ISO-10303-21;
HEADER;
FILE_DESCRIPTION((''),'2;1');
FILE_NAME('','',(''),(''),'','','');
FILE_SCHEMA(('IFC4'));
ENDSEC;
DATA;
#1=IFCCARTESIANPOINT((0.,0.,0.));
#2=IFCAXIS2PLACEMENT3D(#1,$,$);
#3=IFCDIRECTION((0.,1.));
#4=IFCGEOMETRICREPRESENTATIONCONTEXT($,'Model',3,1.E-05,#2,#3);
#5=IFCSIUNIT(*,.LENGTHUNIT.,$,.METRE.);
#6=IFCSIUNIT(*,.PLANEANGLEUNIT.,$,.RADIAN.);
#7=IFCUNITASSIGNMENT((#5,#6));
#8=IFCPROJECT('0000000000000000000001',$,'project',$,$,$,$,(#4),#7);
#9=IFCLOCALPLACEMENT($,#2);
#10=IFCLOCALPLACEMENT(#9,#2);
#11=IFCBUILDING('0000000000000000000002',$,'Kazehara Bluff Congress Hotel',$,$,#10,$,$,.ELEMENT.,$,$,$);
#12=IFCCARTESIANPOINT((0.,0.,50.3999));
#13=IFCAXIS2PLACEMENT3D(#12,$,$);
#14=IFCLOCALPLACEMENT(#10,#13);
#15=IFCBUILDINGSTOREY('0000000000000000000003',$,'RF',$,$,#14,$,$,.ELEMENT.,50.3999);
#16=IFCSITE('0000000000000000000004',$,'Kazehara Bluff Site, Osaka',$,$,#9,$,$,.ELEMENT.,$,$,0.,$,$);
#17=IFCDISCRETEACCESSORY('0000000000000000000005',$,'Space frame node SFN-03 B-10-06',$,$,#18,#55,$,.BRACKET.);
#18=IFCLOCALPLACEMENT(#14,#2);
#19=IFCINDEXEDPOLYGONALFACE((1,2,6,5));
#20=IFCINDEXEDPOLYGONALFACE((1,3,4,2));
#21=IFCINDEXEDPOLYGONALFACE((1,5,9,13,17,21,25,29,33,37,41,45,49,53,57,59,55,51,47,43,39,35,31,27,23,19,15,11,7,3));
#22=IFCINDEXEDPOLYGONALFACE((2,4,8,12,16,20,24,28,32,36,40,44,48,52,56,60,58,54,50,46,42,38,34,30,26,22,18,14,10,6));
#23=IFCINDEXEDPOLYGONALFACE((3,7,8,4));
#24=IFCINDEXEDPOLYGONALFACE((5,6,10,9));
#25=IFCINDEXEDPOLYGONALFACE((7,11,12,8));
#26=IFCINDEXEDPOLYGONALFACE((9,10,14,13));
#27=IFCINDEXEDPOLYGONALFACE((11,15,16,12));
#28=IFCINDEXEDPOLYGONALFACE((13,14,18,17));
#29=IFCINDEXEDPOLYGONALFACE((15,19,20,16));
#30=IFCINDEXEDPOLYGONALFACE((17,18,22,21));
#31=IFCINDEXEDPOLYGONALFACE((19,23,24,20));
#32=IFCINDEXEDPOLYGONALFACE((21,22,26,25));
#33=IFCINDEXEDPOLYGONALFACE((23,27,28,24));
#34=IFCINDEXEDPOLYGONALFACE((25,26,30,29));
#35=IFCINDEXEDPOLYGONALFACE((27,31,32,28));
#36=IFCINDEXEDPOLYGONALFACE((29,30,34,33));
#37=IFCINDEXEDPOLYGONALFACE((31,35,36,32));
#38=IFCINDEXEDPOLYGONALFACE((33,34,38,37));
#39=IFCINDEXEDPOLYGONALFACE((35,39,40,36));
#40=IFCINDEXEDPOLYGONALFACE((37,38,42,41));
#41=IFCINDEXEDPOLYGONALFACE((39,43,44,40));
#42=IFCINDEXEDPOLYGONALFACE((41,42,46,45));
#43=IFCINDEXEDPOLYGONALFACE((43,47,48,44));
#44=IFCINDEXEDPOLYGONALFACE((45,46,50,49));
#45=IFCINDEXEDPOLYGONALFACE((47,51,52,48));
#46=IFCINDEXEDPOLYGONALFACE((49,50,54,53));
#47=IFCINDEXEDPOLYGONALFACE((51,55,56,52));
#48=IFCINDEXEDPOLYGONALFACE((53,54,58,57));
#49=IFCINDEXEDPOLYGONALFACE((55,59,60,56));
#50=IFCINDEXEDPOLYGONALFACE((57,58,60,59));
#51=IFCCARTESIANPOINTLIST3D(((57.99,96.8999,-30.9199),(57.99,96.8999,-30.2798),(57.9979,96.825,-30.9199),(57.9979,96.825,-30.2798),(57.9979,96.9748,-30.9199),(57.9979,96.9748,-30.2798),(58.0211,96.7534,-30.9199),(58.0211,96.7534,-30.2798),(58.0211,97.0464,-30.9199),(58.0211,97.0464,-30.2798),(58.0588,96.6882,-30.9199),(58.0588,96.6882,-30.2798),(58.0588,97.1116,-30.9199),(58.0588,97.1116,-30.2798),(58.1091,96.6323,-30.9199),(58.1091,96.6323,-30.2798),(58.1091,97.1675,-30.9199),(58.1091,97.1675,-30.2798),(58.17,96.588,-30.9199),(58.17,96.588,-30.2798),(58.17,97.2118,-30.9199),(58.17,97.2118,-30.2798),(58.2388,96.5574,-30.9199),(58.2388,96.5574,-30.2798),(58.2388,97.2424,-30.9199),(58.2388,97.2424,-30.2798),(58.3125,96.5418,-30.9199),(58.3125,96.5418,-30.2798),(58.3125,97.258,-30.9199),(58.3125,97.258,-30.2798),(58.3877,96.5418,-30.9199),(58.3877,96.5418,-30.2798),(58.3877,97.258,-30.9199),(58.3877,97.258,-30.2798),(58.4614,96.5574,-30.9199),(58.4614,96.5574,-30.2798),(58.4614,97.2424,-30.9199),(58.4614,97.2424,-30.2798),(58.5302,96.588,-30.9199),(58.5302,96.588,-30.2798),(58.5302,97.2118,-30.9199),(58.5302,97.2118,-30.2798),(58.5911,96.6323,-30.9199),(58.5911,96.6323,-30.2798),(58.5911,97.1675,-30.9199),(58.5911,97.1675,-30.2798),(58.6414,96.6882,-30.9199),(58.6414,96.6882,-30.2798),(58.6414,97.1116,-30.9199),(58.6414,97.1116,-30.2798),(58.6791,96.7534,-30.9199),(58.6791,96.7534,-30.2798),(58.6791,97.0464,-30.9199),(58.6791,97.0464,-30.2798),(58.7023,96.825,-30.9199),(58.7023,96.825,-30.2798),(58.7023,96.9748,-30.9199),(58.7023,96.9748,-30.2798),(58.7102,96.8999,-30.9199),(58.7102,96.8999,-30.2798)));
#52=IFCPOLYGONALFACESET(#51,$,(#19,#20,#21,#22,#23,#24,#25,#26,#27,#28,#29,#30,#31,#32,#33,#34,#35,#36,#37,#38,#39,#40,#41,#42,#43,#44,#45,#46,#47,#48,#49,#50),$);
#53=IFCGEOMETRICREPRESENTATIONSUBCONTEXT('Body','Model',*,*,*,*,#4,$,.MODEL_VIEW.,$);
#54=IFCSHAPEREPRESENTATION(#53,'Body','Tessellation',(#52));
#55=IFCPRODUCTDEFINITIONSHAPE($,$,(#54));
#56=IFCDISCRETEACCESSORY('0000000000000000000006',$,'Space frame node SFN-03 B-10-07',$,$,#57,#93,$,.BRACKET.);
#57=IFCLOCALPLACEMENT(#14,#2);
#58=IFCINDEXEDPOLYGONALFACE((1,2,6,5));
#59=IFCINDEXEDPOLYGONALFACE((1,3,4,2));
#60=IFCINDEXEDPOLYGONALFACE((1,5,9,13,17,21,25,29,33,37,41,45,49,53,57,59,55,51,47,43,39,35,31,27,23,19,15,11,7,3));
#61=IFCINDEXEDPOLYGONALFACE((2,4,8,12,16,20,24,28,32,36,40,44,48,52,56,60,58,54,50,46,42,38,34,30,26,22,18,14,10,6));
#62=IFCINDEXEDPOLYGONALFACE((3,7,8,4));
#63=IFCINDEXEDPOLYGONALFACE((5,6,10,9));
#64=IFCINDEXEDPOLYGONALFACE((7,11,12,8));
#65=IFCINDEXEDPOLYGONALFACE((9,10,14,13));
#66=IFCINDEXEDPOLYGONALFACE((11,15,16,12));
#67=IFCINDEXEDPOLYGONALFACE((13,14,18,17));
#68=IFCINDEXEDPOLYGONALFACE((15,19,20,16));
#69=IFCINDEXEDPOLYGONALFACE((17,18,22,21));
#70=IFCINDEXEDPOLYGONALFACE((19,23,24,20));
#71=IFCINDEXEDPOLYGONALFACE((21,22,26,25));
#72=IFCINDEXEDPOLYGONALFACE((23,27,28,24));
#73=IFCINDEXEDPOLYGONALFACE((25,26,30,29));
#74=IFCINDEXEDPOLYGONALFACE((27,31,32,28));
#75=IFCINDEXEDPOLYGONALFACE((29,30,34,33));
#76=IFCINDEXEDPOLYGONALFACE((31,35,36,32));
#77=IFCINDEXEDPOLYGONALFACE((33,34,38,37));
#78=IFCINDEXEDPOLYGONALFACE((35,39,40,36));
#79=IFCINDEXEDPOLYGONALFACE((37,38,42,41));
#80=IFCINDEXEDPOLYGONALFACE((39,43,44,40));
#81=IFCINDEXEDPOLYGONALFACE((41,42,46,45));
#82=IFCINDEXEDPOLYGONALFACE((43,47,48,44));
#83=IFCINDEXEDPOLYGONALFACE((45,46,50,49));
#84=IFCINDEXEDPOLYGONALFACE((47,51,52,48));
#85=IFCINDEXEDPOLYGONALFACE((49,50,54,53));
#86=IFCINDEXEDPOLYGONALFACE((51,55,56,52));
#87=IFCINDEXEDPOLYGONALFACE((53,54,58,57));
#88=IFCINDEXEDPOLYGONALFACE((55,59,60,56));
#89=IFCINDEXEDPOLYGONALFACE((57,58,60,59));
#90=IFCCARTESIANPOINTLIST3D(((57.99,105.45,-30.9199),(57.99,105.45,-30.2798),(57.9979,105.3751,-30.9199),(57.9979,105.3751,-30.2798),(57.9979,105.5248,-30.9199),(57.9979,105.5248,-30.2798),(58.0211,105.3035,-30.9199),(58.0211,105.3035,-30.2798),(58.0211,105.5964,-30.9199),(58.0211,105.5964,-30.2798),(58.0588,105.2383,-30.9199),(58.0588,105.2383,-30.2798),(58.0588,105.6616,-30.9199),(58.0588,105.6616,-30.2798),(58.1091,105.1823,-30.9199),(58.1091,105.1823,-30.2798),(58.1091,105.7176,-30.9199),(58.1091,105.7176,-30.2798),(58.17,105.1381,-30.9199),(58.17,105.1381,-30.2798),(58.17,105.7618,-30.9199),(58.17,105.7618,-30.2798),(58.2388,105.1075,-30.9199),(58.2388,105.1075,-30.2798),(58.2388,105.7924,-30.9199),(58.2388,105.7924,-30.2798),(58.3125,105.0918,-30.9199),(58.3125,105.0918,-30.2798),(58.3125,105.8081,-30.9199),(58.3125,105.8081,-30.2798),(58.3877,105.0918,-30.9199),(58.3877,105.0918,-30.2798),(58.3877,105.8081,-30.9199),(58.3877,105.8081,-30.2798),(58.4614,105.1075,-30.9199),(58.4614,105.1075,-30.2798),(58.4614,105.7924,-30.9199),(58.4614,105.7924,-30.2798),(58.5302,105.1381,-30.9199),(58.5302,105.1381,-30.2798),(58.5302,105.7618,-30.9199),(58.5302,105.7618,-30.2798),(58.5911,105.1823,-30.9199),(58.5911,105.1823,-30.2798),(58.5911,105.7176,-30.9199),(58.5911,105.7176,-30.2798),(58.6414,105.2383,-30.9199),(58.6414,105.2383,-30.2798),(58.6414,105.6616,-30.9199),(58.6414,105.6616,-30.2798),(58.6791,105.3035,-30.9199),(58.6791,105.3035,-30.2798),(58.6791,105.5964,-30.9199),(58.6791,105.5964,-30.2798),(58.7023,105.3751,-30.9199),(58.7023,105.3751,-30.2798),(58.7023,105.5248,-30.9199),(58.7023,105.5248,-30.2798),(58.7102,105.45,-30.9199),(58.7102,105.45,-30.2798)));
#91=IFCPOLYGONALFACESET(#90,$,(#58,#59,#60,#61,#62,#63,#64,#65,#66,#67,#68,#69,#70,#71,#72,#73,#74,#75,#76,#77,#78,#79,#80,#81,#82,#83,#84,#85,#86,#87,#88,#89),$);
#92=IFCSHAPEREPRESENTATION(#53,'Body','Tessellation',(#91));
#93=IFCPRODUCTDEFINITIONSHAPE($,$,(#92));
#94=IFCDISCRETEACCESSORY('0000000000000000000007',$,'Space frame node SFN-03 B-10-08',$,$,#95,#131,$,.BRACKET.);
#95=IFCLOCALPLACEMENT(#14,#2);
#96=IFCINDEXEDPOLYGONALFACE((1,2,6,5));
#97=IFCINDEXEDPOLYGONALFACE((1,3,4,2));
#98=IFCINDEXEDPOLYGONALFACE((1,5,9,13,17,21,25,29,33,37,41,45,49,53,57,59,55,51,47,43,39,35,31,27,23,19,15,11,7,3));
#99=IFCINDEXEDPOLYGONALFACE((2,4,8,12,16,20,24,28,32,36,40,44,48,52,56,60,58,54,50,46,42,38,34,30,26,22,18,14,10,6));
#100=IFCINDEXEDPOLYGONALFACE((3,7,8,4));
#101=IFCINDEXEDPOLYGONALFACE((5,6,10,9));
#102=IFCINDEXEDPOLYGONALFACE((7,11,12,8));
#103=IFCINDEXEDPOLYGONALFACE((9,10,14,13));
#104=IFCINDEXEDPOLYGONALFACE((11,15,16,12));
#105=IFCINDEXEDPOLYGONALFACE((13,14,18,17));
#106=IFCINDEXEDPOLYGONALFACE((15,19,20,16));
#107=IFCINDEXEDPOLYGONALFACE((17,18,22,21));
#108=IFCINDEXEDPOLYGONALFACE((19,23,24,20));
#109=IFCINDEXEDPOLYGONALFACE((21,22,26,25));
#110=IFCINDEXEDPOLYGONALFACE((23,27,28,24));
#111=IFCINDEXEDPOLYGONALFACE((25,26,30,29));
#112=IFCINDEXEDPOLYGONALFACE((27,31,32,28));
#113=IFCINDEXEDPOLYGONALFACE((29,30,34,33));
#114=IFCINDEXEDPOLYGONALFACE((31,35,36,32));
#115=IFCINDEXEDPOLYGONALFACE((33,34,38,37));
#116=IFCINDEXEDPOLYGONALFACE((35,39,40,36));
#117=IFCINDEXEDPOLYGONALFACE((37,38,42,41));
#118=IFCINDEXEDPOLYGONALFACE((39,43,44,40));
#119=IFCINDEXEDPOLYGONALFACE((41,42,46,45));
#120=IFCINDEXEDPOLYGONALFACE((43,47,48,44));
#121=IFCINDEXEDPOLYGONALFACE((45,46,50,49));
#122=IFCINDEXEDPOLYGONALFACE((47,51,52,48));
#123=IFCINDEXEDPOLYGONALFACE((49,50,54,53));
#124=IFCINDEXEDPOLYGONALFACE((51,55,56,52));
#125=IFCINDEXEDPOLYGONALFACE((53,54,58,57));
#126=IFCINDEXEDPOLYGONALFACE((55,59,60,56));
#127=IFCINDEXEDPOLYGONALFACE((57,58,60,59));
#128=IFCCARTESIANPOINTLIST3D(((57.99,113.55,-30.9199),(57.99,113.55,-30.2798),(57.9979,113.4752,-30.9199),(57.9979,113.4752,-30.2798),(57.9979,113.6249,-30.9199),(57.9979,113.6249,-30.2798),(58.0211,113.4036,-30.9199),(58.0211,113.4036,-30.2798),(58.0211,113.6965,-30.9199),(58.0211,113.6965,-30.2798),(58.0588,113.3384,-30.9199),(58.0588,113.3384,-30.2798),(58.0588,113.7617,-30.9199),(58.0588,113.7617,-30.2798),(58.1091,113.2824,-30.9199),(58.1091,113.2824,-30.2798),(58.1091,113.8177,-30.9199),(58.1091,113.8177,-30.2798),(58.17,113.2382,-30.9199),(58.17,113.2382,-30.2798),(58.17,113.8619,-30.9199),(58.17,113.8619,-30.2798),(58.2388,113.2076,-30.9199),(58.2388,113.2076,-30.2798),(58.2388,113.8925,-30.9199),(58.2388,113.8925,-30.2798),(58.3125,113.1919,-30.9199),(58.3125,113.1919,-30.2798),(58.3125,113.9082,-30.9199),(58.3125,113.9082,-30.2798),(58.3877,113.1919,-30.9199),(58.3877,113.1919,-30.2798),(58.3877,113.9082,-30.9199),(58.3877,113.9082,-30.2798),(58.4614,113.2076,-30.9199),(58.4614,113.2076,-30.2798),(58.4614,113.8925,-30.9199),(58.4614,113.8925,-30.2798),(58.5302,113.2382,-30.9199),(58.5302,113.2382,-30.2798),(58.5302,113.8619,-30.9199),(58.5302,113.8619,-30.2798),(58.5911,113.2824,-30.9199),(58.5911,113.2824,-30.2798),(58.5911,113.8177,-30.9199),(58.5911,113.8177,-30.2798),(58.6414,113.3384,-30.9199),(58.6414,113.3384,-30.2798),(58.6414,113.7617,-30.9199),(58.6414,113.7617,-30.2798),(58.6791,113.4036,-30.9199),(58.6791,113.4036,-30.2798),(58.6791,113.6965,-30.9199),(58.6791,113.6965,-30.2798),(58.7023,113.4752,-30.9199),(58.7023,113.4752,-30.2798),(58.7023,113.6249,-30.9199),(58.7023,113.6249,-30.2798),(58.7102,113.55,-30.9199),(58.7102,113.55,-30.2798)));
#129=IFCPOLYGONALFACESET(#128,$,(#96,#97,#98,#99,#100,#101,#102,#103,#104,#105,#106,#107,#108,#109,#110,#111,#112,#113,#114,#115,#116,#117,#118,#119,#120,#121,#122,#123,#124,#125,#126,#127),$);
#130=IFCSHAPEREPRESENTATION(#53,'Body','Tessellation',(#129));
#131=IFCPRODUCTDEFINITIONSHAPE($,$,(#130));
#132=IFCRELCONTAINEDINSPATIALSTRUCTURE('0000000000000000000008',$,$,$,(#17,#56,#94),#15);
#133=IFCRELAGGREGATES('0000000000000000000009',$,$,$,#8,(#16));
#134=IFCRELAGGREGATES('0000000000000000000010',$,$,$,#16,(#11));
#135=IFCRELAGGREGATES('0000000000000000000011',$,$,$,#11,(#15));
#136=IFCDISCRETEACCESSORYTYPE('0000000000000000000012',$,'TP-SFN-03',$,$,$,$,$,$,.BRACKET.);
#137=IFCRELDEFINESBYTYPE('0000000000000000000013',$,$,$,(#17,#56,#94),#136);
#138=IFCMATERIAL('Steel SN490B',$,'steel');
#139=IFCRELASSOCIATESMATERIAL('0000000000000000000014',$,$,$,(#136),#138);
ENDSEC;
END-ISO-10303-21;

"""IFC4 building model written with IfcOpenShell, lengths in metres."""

from ifc_helpers import new_model, si_unit, direction, frame, origin, origin_2d, place, context, subcontext, project, spatial, circle, extrude, material, material_profile, profile_set, type_object, element, save


model = new_model("IFC4")

# Units and contexts
model_context = context("Model", 3, precision=1e-05, world=origin(), true_north=direction((0.0, 1.0)))
body_context = subcontext(model_context, "Body", "Model", "MODEL_VIEW")
ifc_project = project(units=[si_unit("LENGTHUNIT", "METRE"), si_unit("PLANEANGLEUNIT", "RADIAN")], contexts=[model_context])

# Site, building, storey
site_placement = place(None, origin())
site = spatial("IfcSite", under=ifc_project, at=site_placement, Name="Kazehara Bluff Site, Osaka", CompositionType="ELEMENT", RefElevation=0.0)
building_placement = place(site_placement, origin())
building = spatial("IfcBuilding", under=site, at=building_placement, Name="Kazehara Bluff Congress Hotel", CompositionType="ELEMENT")
storey_placement = place(building_placement, frame((0.0, 0.0, 50.3999)))
storey = spatial("IfcBuildingStorey", under=building, at=storey_placement, Name="RF", CompositionType="ELEMENT", Elevation=50.3999)

# Discrete accessories
ifc_material_1 = material(Name="Steel SN490B", Category="steel")
ifc_material_profile_1 = material_profile(ifc_material_1, circle(Radius=0.3601, at=origin_2d()))
ifc_profile_set_1 = profile_set([ifc_material_profile_1], Name="Steel SN490B")
discrete_accessory_type_1 = type_object("IfcDiscreteAccessoryType", Name="TP-SFN-03", PredefinedType="BRACKET", material=ifc_profile_set_1)
for number, where, z_axis, x_axis, name in (
    (1, (58.3501, 96.8999, -30.9199), (0.0, 0.0, 1.0), (1.0, 0.0, 0.0), "Space frame node SFN-03 B-10-06"),
    (2, (58.3501, 105.45, -30.9199), (0.0, 0.0, 1.0), (1.0, 0.0, 0.0), "Space frame node SFN-03 B-10-07"),
    (3, (58.3501, 113.55, -30.9199), (0.0, 0.0, 1.0), (1.0, 0.0, 0.0), "Space frame node SFN-03 B-10-08"),
):
    element("IfcDiscreteAccessory", number, at=place(storey_placement, frame(where, z_axis=z_axis, x_axis=x_axis)), inside=storey, type_object=discrete_accessory_type_1, Name=name, PredefinedType="BRACKET", context=body_context, shape_type="SweptSolid", body=[
        extrude(circle(Radius=0.3601, at=origin_2d()), origin(), (0.0, 0.0, 1.0), 0.6401),
    ])

save(model, "model.ifc")
